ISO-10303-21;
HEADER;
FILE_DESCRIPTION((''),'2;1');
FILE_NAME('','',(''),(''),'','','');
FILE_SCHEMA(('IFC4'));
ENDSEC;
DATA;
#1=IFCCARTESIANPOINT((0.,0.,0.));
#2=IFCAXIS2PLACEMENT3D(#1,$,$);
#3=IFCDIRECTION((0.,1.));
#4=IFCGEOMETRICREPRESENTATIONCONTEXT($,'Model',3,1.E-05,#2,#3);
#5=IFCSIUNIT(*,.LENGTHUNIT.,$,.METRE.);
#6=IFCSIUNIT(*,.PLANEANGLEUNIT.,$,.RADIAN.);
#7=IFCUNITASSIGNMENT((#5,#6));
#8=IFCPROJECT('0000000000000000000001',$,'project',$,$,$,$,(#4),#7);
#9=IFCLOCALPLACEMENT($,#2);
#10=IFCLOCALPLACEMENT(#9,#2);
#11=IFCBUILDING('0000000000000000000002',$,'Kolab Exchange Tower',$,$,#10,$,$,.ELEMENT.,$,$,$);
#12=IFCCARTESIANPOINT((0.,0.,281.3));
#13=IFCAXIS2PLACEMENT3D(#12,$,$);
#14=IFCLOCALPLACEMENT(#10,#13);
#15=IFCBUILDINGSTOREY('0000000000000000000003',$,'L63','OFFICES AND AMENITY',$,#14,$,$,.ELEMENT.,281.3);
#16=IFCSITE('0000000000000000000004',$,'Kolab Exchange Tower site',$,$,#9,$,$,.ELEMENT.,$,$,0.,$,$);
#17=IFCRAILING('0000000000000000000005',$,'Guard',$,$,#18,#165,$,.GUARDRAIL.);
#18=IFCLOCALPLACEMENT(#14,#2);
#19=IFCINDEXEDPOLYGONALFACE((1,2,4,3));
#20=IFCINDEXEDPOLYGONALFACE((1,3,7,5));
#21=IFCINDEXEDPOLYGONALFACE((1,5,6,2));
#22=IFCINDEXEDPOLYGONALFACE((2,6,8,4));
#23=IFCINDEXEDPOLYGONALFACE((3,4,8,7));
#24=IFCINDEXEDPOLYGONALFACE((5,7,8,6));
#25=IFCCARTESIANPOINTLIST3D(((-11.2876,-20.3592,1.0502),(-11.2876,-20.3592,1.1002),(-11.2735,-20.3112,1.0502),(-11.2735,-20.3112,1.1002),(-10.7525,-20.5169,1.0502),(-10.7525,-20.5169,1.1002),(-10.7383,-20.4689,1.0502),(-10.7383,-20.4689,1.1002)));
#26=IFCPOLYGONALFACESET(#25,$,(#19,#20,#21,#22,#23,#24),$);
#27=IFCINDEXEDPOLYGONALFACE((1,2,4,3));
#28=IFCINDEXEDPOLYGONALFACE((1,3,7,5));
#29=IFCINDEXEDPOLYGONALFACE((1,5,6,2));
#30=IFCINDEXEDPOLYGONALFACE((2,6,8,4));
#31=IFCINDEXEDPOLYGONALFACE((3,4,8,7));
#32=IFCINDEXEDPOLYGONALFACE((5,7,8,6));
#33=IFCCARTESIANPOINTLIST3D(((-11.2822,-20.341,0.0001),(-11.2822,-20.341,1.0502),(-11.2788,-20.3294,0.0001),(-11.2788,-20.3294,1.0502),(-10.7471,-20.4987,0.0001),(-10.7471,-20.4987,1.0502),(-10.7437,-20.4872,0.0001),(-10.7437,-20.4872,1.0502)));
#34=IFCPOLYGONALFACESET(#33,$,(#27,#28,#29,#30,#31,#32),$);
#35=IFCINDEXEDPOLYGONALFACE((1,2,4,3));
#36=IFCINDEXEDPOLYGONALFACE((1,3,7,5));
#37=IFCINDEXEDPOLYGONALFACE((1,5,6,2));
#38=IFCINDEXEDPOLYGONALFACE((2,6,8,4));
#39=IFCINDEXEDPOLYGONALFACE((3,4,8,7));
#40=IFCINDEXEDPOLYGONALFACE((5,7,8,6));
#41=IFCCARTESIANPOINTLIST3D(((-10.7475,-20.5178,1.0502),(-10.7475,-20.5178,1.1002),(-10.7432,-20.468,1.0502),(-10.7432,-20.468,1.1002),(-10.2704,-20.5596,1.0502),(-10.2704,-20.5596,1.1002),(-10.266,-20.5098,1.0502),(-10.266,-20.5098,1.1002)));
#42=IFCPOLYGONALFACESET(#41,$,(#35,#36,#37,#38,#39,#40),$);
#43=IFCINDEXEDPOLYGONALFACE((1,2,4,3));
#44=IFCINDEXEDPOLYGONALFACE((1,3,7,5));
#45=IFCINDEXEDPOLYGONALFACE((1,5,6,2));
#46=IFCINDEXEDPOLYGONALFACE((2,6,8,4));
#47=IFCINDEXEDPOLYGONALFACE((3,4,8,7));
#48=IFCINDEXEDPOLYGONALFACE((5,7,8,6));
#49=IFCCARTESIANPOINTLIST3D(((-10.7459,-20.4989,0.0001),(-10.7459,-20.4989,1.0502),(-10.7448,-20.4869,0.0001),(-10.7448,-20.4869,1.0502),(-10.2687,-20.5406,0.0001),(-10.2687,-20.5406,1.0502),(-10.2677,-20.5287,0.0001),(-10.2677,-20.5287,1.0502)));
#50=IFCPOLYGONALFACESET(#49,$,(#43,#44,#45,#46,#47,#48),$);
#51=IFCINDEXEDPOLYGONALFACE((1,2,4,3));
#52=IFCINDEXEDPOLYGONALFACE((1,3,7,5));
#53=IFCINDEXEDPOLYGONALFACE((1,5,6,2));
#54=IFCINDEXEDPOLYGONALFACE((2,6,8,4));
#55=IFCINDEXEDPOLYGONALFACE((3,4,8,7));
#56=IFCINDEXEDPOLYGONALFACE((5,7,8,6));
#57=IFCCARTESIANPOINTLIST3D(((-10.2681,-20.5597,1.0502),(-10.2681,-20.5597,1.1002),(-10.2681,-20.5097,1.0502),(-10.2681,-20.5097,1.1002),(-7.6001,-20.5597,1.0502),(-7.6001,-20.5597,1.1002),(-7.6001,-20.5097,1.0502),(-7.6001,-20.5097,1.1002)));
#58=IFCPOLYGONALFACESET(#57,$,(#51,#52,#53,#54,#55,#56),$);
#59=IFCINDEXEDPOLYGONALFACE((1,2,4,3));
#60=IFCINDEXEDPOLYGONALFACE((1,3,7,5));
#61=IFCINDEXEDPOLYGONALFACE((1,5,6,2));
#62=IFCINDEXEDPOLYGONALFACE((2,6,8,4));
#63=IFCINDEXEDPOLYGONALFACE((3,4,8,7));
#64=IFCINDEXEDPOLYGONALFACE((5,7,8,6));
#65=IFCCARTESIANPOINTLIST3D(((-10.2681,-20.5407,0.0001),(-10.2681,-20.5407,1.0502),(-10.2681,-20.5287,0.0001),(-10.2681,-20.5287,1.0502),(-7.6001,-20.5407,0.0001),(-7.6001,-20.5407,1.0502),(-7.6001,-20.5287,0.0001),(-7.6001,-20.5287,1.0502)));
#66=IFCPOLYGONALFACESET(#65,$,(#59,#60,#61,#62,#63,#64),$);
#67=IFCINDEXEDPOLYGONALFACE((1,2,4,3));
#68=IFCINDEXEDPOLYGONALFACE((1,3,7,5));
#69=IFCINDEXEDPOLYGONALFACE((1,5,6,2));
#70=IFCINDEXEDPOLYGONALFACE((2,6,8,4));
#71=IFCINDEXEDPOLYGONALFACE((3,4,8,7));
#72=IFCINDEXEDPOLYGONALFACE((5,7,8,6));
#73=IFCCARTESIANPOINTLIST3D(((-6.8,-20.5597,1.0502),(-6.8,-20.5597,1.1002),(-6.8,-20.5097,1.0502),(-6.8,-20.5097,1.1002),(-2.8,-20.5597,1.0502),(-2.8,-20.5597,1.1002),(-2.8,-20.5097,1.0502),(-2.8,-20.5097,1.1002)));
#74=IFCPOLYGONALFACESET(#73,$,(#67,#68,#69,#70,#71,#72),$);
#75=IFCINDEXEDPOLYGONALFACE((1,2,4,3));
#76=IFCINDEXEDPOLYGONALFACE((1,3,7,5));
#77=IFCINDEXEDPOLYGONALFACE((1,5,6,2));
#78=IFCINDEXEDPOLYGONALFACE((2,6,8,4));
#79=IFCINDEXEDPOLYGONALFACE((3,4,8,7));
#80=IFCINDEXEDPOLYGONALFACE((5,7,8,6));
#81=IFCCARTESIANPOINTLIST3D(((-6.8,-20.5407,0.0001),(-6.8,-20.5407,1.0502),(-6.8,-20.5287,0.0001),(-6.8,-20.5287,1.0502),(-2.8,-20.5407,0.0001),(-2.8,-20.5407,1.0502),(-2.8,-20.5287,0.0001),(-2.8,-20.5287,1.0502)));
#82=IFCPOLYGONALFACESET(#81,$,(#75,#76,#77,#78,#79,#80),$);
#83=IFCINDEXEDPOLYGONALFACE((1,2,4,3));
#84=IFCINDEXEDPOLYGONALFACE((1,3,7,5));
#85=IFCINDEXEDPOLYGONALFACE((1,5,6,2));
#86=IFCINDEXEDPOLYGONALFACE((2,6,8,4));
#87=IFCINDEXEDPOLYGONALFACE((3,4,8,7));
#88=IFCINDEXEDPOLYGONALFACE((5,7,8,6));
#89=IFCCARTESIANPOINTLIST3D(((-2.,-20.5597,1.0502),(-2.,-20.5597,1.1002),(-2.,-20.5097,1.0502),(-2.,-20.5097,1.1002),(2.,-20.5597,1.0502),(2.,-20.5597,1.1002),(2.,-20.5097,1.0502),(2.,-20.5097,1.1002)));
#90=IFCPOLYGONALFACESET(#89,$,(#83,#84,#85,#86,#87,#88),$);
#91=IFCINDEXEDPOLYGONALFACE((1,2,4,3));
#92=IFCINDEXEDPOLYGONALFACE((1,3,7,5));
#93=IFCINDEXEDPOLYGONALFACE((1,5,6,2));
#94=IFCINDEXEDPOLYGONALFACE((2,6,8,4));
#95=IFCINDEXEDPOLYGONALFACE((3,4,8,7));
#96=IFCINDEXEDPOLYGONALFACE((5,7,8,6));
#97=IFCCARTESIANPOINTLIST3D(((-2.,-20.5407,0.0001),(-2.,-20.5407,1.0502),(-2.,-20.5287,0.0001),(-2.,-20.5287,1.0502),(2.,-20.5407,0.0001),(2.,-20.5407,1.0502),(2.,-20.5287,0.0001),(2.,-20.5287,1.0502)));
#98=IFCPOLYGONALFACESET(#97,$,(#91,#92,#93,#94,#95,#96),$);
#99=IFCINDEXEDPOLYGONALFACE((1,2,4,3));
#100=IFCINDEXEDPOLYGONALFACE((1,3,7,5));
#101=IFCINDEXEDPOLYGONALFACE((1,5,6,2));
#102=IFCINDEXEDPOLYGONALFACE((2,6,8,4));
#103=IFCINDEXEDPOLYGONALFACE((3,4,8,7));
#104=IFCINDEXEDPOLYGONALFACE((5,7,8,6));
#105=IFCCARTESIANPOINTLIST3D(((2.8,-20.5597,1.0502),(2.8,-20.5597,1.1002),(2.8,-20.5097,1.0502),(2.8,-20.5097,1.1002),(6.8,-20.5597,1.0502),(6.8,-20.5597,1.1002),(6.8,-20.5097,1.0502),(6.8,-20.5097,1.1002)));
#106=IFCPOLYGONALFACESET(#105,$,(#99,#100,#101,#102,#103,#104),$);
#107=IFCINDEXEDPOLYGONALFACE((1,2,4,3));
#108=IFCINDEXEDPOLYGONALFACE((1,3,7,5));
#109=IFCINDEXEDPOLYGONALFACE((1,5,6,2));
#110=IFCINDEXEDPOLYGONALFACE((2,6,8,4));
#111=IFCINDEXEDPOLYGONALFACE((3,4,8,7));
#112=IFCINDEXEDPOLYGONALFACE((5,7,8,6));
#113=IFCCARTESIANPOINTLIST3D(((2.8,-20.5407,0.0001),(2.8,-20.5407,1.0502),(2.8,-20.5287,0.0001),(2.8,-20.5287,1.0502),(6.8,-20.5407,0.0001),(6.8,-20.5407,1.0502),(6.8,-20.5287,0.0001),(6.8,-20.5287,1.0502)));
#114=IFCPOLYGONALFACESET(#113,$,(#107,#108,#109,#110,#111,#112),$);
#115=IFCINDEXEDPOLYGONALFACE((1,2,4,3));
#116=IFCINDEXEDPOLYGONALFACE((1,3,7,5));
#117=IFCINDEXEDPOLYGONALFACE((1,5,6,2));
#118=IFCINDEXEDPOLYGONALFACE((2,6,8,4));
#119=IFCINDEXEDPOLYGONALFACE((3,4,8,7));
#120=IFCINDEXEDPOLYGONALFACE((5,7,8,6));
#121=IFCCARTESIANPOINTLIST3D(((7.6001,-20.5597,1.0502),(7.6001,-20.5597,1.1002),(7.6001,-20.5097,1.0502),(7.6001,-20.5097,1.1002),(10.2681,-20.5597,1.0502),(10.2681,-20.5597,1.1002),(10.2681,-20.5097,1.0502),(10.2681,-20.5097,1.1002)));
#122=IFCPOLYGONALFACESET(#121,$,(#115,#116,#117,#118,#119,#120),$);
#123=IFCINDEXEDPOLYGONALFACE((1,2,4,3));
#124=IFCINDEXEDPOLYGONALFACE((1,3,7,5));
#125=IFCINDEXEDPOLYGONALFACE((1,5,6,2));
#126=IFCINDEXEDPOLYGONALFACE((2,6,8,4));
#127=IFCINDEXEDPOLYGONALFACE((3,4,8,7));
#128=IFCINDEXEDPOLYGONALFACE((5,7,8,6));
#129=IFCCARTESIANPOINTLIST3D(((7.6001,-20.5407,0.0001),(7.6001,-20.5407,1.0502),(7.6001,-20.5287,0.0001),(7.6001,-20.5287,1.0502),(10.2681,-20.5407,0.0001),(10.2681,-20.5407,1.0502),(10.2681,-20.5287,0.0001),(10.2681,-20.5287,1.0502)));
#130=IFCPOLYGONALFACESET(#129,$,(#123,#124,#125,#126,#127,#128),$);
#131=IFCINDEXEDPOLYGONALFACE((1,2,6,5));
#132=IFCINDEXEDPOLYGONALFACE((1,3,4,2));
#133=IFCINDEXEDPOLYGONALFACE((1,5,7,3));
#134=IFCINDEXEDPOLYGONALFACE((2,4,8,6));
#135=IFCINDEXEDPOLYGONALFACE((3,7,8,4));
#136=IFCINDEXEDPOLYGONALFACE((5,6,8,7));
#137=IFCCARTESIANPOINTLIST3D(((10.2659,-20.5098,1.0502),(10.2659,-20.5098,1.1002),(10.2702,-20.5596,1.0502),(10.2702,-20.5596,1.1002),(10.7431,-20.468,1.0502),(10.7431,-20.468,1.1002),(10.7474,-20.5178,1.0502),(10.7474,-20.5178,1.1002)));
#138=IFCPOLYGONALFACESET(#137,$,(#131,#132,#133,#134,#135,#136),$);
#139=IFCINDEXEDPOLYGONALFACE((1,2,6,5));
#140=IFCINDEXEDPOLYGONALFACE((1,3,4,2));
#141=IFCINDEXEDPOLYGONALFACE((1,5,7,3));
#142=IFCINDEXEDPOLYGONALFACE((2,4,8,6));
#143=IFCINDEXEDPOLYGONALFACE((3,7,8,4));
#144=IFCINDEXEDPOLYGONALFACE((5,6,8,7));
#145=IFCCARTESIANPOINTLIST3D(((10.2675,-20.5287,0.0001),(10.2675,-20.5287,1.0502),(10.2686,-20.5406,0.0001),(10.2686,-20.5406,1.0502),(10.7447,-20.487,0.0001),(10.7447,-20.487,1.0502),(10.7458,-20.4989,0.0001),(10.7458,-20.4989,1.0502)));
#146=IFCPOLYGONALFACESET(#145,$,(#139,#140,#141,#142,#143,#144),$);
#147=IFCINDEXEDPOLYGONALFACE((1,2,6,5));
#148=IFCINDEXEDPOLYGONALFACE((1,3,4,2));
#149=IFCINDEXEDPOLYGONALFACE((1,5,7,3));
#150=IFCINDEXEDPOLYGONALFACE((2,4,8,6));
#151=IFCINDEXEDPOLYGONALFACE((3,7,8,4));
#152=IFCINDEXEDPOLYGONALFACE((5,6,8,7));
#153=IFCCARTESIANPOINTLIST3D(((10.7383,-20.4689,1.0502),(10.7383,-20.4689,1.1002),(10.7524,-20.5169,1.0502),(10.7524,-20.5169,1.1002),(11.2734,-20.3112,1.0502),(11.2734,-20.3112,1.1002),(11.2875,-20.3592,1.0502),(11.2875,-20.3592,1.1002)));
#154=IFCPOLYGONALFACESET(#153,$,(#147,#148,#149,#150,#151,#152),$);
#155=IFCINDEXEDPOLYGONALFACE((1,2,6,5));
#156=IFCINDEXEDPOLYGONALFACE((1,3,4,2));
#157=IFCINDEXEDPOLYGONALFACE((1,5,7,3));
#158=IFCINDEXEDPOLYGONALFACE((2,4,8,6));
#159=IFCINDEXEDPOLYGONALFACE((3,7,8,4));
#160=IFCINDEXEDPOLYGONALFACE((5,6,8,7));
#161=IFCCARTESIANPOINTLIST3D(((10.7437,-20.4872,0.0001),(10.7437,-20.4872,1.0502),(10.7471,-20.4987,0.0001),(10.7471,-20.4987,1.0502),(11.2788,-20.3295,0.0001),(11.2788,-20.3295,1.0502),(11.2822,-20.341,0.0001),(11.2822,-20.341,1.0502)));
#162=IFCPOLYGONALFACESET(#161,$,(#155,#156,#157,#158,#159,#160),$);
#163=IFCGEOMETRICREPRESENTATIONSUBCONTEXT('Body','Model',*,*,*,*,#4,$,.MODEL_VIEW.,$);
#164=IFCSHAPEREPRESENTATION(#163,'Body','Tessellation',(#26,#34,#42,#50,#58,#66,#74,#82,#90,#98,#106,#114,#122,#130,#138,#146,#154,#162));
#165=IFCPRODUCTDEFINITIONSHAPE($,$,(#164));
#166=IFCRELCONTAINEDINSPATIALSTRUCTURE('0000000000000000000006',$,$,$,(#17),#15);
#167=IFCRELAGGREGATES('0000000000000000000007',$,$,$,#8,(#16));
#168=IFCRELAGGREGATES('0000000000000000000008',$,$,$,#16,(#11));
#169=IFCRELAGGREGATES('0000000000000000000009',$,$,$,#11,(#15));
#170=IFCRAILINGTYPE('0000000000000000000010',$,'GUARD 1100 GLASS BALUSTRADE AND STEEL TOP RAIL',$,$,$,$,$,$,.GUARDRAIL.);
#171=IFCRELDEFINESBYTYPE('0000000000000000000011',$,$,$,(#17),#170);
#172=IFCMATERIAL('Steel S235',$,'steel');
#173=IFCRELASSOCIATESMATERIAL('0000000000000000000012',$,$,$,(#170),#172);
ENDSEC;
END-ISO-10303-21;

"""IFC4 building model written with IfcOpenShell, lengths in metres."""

from ifc_helpers import new_model, si_unit, direction, frame, frame_2d, origin, origin_2d, place, context, subcontext, project, spatial, rectangle, extrude, material, type_object, element, save


model = new_model("IFC4")

# Units and contexts
model_context = context("Model", 3, precision=1e-05, world=origin(), true_north=direction((0.0, 1.0)))
body_context = subcontext(model_context, "Body", "Model", "MODEL_VIEW")
ifc_project = project(units=[si_unit("LENGTHUNIT", "METRE"), si_unit("PLANEANGLEUNIT", "RADIAN")], contexts=[model_context])

# Site, building, storey
site_placement = place(None, origin())
site = spatial("IfcSite", under=ifc_project, at=site_placement, Name="Kolab Exchange Tower site", CompositionType="ELEMENT", RefElevation=0.0)
building_placement = place(site_placement, origin())
building = spatial("IfcBuilding", under=site, at=building_placement, Name="Kolab Exchange Tower", CompositionType="ELEMENT")
storey_placement = place(building_placement, frame((0.0, 0.0, 281.3)))
storey = spatial("IfcBuildingStorey", under=building, at=storey_placement, Name="L63", Description="OFFICES AND AMENITY", CompositionType="ELEMENT", Elevation=281.3)

# Shared definitions
ifc_material_1 = material(Name="Steel S235", Category="steel")

# Railing
railing_type = type_object("IfcRailingType", Name="GUARD 1100 GLASS BALUSTRADE AND STEEL TOP RAIL", PredefinedType="GUARDRAIL", material=ifc_material_1)
railing_placement = place(storey_placement, frame((-11.2805, -20.3352, 0.0)))
element("IfcRailing", 1, at=railing_placement, inside=storey, type_object=railing_type, Name="Guard", PredefinedType="GUARDRAIL", context=body_context, shape_type="SweptSolid", body=[
    extrude(rectangle(XDim=0.05, YDim=0.05, at=origin_2d()), frame((0.0, 0.0, 1.0752), z_axis=(0.959212, -0.282687, 0.0), x_axis=(0.282687, 0.959212, 0.0)), (0.0, 0.0, 1.0), 0.5579),
    extrude(rectangle(XDim=0.012, YDim=1.0501, at=frame_2d((0.0, 0.5251))), frame((0.0, 0.0, 0.0), z_axis=(0.959212, -0.282687, 0.0), x_axis=(0.282687, 0.959212, 0.0)), (0.0, 0.0, 1.0), 0.5579),
    extrude(rectangle(XDim=0.05, YDim=0.05, at=origin_2d()), frame((0.5352, -0.1577, 1.0752), z_axis=(0.996196, -0.087135, 0.0), x_axis=(0.087135, 0.996196, 0.0)), (0.0, 0.0, 1.0), 0.479),
    extrude(rectangle(XDim=0.012, YDim=1.0501, at=frame_2d((0.0, 0.5251))), frame((0.5352, -0.1577, 0.0), z_axis=(0.996196, -0.087135, 0.0), x_axis=(0.087135, 0.996196, 0.0)), (0.0, 0.0, 1.0), 0.479),
    extrude(rectangle(XDim=0.05, YDim=0.05, at=origin_2d()), frame((1.0125, -0.1995, 1.0752), z_axis=(1.0, 0.0, 0.0), x_axis=(0.0, 1.0, 0.0)), (0.0, 0.0, 1.0), 2.668),
    extrude(rectangle(XDim=0.012, YDim=1.0501, at=frame_2d((0.0, 0.5251))), frame((1.0125, -0.1995, 0.0), z_axis=(1.0, 0.0, 0.0), x_axis=(0.0, 1.0, 0.0)), (0.0, 0.0, 1.0), 2.668),
    extrude(rectangle(XDim=0.05, YDim=0.05, at=origin_2d()), frame((4.4805, -0.1995, 1.0752), z_axis=(1.0, 0.0, 0.0), x_axis=(0.0, 1.0, 0.0)), (0.0, 0.0, 1.0), 4.0),
    extrude(rectangle(XDim=0.012, YDim=1.0501, at=frame_2d((0.0, 0.5251))), frame((4.4805, -0.1995, 0.0), z_axis=(1.0, 0.0, 0.0), x_axis=(0.0, 1.0, 0.0)), (0.0, 0.0, 1.0), 4.0),
    extrude(rectangle(XDim=0.05, YDim=0.05, at=origin_2d()), frame((9.2805, -0.1995, 1.0752), z_axis=(1.0, 0.0, 0.0), x_axis=(0.0, 1.0, 0.0)), (0.0, 0.0, 1.0), 4.0),
    extrude(rectangle(XDim=0.012, YDim=1.0501, at=frame_2d((0.0, 0.5251))), frame((9.2805, -0.1995, 0.0), z_axis=(1.0, 0.0, 0.0), x_axis=(0.0, 1.0, 0.0)), (0.0, 0.0, 1.0), 4.0),
    extrude(rectangle(XDim=0.05, YDim=0.05, at=origin_2d()), frame((14.0806, -0.1995, 1.0752), z_axis=(1.0, 0.0, 0.0), x_axis=(0.0, 1.0, 0.0)), (0.0, 0.0, 1.0), 4.0),
    extrude(rectangle(XDim=0.012, YDim=1.0501, at=frame_2d((0.0, 0.5251))), frame((14.0806, -0.1995, 0.0), z_axis=(1.0, 0.0, 0.0), x_axis=(0.0, 1.0, 0.0)), (0.0, 0.0, 1.0), 4.0),
    extrude(rectangle(XDim=0.05, YDim=0.05, at=origin_2d()), frame((18.8806, -0.1995, 1.0752), z_axis=(1.0, 0.0, 0.0), x_axis=(0.0, 1.0, 0.0)), (0.0, 0.0, 1.0), 2.668),
    extrude(rectangle(XDim=0.012, YDim=1.0501, at=frame_2d((0.0, 0.5251))), frame((18.8806, -0.1995, 0.0), z_axis=(1.0, 0.0, 0.0), x_axis=(0.0, 1.0, 0.0)), (0.0, 0.0, 1.0), 2.668),
    extrude(rectangle(XDim=0.05, YDim=0.05, at=origin_2d()), frame((21.5486, -0.1995, 1.0752), z_axis=(0.996196, 0.087135, 0.0), x_axis=(-0.087135, 0.996196, 0.0)), (0.0, 0.0, 1.0), 0.479),
    extrude(rectangle(XDim=0.012, YDim=1.0501, at=frame_2d((0.0, 0.5251))), frame((21.5486, -0.1995, 0.0), z_axis=(0.996196, 0.087135, 0.0), x_axis=(-0.087135, 0.996196, 0.0)), (0.0, 0.0, 1.0), 0.479),
    extrude(rectangle(XDim=0.05, YDim=0.05, at=origin_2d()), frame((22.0259, -0.1577, 1.0752), z_axis=(0.959212, 0.282687, 0.0), x_axis=(-0.282687, 0.959212, 0.0)), (0.0, 0.0, 1.0), 0.5579),
    extrude(rectangle(XDim=0.012, YDim=1.0501, at=frame_2d((0.0, 0.5251))), frame((22.0259, -0.1577, 0.0), z_axis=(0.959212, 0.282687, 0.0), x_axis=(-0.282687, 0.959212, 0.0)), (0.0, 0.0, 1.0), 0.5579),
])

save(model, "model.ifc")
